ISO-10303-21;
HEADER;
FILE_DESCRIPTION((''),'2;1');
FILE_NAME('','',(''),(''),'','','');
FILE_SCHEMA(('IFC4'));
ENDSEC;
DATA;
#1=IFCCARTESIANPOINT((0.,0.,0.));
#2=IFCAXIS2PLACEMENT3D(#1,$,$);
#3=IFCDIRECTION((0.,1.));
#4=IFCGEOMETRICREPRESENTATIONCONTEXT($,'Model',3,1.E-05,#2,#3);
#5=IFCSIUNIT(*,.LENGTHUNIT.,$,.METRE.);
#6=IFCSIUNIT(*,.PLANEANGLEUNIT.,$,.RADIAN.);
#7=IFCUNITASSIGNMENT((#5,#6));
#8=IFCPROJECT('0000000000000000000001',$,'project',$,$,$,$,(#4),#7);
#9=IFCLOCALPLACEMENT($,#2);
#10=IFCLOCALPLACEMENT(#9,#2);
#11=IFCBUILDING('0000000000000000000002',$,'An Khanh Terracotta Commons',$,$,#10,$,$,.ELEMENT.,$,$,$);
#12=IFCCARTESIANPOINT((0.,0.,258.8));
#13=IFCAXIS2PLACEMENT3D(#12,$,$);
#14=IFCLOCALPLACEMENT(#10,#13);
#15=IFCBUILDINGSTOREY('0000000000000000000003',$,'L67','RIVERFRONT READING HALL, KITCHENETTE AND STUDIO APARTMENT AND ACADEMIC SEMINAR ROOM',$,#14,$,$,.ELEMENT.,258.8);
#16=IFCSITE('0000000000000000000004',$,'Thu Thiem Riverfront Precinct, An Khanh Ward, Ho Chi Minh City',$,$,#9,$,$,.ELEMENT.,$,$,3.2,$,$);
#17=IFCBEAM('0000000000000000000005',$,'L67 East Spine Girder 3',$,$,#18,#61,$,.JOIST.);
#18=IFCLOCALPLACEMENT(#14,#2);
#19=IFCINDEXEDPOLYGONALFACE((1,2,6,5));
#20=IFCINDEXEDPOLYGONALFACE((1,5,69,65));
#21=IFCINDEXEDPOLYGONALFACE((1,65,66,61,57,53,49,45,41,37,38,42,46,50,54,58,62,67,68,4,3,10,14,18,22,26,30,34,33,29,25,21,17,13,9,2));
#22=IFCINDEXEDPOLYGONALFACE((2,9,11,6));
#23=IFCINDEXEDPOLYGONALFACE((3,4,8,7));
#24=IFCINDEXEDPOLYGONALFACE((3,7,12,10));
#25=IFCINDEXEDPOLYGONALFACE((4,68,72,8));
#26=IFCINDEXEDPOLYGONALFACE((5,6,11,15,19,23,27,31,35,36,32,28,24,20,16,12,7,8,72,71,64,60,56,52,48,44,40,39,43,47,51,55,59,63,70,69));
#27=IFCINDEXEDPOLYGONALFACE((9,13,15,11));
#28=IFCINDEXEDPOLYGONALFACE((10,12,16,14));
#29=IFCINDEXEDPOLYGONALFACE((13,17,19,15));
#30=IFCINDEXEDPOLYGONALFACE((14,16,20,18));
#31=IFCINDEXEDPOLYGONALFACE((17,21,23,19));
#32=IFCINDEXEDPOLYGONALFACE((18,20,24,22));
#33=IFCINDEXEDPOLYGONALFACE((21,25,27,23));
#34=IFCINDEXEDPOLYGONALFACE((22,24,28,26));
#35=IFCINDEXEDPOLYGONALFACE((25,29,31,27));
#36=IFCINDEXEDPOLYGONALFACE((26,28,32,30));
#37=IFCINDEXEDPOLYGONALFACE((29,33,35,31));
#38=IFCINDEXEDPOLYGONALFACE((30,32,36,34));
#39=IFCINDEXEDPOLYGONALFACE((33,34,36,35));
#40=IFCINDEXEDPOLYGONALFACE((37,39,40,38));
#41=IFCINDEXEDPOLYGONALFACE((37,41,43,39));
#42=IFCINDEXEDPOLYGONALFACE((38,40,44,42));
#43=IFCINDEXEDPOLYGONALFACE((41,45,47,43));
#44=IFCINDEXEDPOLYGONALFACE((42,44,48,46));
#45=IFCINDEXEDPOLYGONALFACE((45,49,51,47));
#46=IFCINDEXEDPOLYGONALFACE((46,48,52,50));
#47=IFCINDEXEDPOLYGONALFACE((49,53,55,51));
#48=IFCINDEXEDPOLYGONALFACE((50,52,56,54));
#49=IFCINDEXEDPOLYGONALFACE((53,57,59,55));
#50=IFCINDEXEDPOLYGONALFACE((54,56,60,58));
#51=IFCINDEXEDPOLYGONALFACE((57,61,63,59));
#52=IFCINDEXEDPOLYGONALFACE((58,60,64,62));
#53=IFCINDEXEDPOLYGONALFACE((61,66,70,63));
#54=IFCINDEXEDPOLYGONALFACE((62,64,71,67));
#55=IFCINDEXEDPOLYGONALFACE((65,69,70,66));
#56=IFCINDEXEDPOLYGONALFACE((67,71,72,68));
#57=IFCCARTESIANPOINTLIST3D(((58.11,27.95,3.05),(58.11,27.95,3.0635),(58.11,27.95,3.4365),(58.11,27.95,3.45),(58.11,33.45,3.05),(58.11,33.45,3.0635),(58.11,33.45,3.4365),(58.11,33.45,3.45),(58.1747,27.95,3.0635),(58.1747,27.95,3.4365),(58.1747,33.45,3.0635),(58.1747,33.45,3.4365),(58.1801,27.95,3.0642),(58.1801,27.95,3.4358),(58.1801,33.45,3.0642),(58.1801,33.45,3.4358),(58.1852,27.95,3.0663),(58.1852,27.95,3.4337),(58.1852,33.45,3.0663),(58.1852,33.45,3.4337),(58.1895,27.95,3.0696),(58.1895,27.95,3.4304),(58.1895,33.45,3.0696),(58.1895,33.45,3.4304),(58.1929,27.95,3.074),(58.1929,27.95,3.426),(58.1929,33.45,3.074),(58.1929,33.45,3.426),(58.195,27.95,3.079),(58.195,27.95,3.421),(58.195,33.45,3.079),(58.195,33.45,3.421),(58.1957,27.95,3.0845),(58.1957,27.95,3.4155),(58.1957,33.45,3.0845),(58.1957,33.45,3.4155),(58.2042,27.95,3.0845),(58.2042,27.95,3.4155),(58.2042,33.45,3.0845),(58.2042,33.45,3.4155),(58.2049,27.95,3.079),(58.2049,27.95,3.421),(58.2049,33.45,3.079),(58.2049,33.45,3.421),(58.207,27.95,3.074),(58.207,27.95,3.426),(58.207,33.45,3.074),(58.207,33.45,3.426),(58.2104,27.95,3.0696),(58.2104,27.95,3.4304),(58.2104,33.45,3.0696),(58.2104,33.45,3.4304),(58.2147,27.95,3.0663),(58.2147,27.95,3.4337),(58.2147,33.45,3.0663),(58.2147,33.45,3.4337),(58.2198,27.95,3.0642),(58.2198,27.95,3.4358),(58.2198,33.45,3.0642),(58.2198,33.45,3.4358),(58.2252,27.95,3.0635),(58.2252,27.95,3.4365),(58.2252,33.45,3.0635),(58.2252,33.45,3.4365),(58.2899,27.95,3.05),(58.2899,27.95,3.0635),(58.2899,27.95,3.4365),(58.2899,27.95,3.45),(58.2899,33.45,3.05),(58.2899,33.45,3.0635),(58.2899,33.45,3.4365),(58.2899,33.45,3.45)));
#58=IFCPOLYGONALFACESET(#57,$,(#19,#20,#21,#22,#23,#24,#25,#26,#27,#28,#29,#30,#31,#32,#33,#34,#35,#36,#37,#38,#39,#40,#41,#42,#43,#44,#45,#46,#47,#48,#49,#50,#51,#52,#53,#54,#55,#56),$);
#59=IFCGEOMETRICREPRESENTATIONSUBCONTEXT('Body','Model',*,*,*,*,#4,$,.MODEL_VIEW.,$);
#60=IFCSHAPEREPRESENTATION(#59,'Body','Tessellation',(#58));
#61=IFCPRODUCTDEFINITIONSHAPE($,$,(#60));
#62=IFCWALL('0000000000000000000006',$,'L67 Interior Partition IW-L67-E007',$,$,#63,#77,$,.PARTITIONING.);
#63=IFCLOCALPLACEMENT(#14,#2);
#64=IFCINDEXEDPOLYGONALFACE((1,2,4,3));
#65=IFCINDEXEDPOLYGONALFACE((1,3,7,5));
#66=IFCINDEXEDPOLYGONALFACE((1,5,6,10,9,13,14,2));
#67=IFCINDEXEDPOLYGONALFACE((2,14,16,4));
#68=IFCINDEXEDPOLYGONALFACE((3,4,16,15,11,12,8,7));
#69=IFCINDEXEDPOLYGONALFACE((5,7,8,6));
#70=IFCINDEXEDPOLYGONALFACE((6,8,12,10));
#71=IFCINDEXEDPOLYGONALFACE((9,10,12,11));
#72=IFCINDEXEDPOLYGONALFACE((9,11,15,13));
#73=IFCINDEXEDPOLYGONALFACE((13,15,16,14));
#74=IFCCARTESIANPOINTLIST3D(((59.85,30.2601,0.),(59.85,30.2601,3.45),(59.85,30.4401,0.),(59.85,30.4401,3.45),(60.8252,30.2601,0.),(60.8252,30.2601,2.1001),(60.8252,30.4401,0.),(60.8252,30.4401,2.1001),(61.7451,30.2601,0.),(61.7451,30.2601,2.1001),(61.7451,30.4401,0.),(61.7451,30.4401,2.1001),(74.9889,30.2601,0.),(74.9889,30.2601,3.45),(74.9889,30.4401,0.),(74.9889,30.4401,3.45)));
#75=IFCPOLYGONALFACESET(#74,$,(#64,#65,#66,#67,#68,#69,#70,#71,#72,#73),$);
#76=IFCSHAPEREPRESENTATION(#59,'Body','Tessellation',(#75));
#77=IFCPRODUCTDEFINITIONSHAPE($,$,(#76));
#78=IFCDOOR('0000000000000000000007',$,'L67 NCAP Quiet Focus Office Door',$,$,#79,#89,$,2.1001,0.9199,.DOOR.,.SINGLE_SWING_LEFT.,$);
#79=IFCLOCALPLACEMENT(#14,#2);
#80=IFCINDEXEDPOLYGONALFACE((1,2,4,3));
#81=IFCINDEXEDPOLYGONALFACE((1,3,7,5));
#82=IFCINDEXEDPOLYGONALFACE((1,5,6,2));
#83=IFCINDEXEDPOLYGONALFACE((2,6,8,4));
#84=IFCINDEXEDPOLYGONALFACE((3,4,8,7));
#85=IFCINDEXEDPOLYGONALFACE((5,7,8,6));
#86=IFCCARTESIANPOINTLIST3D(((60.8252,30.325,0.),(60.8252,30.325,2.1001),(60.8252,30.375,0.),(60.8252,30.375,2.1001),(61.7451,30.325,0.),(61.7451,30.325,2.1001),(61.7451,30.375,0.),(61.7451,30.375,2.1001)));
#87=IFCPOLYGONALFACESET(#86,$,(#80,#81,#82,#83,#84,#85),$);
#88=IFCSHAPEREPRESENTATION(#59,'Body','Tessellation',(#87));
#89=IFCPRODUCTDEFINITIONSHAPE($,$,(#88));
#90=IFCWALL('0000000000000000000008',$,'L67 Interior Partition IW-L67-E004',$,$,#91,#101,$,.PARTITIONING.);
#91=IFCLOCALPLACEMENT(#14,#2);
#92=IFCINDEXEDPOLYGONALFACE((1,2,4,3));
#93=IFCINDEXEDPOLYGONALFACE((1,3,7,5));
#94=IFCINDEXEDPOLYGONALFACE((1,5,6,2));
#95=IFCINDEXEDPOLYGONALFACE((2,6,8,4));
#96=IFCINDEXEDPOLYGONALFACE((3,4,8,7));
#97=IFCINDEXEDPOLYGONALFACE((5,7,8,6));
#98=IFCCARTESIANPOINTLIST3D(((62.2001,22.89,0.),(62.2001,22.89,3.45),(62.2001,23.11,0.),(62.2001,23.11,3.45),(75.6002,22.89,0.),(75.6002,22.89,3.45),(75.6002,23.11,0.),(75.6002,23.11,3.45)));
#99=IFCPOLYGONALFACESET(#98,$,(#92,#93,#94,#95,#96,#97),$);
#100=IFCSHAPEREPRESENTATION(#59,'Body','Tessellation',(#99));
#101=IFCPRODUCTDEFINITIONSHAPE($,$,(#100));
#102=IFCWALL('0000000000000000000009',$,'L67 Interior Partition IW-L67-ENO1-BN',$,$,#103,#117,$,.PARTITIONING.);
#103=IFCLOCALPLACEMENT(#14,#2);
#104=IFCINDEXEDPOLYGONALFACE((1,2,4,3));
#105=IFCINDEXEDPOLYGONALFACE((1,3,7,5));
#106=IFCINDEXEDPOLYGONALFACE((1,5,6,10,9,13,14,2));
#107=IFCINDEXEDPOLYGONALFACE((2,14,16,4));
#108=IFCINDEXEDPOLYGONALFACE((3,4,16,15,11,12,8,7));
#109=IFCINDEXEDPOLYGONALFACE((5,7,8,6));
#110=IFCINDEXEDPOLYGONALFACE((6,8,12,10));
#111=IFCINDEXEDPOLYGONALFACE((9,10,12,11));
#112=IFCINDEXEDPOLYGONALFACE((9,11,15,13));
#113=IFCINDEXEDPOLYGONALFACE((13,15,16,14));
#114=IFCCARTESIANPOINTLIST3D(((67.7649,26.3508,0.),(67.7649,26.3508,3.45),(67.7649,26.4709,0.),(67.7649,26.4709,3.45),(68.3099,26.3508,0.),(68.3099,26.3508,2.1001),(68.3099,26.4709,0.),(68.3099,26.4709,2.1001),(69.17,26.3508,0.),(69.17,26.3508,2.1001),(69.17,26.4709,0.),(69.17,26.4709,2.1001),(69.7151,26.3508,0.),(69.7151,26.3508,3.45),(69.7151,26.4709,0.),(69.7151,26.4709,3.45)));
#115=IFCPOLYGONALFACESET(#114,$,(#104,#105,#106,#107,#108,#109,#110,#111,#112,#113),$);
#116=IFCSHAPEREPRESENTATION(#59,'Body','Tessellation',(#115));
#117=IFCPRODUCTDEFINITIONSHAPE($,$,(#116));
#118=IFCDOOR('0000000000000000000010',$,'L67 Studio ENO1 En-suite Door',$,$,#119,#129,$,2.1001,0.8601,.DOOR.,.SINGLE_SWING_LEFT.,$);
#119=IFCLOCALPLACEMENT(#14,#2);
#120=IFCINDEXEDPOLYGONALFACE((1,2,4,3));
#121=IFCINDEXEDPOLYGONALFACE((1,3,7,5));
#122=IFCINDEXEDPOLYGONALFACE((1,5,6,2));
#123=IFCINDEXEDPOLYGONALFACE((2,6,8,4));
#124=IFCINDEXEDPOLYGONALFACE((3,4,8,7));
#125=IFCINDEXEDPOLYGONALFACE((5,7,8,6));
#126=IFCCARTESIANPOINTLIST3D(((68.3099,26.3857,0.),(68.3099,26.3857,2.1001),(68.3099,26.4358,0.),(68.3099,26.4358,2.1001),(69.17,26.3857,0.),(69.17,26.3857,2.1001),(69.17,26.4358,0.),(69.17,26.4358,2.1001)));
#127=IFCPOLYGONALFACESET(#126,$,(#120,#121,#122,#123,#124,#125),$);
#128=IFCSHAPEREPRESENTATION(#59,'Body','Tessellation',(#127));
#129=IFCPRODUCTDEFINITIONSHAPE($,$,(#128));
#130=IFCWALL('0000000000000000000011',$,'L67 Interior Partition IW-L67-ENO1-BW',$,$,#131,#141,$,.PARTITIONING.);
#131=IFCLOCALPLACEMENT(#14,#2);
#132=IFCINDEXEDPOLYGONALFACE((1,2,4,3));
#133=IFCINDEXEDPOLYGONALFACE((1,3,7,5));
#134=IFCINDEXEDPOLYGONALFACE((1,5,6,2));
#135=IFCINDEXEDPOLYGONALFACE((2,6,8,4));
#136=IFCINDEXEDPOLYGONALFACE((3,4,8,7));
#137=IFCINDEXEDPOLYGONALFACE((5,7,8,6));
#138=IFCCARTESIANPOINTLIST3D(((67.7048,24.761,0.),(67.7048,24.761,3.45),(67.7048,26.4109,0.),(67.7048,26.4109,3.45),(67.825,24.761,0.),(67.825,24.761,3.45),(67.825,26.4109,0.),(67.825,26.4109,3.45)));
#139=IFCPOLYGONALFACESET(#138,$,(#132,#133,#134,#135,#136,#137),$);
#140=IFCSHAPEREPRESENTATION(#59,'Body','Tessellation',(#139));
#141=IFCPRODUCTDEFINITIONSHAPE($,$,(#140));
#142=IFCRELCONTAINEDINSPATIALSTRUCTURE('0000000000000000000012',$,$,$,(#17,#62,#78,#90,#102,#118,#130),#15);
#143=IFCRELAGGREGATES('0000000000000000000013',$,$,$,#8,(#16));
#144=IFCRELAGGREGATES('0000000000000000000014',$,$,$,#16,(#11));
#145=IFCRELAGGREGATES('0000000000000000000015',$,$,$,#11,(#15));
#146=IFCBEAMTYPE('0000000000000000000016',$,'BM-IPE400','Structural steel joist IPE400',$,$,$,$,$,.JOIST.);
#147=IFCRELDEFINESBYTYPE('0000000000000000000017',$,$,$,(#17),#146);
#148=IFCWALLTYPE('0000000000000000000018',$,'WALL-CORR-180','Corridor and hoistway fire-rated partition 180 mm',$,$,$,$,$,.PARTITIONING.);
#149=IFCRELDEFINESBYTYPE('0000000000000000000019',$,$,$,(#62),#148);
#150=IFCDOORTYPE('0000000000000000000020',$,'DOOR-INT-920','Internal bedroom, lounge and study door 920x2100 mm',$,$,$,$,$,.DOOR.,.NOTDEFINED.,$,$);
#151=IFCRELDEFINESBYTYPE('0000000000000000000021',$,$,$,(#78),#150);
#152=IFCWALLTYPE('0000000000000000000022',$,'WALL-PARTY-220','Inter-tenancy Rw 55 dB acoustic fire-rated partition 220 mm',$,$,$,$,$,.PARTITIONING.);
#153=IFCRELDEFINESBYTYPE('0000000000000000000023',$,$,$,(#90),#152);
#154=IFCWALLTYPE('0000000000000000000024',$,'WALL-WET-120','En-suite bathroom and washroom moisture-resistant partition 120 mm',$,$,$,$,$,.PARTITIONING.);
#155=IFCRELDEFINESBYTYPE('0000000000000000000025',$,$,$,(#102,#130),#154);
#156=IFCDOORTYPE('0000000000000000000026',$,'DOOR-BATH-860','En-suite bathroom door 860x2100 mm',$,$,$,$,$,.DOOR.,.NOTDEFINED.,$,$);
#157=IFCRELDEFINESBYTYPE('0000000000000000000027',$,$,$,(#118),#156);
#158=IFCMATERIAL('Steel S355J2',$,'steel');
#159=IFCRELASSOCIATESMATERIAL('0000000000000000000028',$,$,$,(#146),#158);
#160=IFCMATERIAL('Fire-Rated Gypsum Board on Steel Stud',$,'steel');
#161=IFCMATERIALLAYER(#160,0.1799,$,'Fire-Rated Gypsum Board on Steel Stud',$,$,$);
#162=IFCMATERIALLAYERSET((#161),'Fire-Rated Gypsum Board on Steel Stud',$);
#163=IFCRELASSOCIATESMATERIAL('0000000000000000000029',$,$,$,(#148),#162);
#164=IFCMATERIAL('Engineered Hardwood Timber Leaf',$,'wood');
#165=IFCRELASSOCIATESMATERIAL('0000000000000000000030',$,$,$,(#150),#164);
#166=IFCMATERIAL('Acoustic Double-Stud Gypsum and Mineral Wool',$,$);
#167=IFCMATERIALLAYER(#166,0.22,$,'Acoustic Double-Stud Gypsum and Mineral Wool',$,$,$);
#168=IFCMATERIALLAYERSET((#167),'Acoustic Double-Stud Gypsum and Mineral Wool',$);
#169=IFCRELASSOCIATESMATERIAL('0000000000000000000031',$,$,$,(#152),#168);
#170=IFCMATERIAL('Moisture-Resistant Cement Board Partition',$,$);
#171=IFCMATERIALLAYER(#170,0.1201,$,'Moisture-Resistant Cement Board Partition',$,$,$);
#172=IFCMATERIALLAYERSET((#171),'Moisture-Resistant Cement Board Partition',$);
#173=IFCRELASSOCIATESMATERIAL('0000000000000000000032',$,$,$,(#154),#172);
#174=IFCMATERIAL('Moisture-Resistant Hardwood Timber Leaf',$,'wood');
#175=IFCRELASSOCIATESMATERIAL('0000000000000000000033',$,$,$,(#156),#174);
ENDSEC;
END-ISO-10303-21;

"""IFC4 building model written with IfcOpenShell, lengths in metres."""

from ifc_helpers import new_model, si_unit, direction, frame, frame_2d, origin, origin_2d, place, context, subcontext, project, spatial, rectangle, i_section, extrude, material, layer, layer_set, material_profile, profile_set, type_object, element, fill, save


model = new_model("IFC4")

# Units and contexts
model_context = context("Model", 3, precision=1e-05, world=origin(), true_north=direction((0.0, 1.0)))
body_context = subcontext(model_context, "Body", "Model", "MODEL_VIEW")
ifc_project = project(units=[si_unit("LENGTHUNIT", "METRE"), si_unit("PLANEANGLEUNIT", "RADIAN")], contexts=[model_context])

# Site, building, storey
site_placement = place(None, origin())
site = spatial("IfcSite", under=ifc_project, at=site_placement, Name="Thu Thiem Riverfront Precinct, An Khanh Ward, Ho Chi Minh City", CompositionType="ELEMENT", RefElevation=3.2)
building_placement = place(site_placement, origin())
building = spatial("IfcBuilding", under=site, at=building_placement, Name="An Khanh Terracotta Commons", CompositionType="ELEMENT")
storey_placement = place(building_placement, frame((0.0, 0.0, 258.8)))
storey = spatial("IfcBuildingStorey", under=building, at=storey_placement, Name="L67", Description="RIVERFRONT READING HALL, KITCHENETTE AND STUDIO APARTMENT AND ACADEMIC SEMINAR ROOM", CompositionType="ELEMENT", Elevation=258.8)

# Beam
ifc_material_1 = material(Name="Steel S355J2", Category="steel")
ifc_material_profile_1 = material_profile(ifc_material_1, i_section(OverallWidth=0.1799, OverallDepth=0.3999, WebThickness=0.0085, FlangeThickness=0.0134, FilletRadius=0.021, at=origin_2d()), Name="IPE400")
ifc_profile_set_1 = profile_set([ifc_material_profile_1], Name="Steel S355J2")
beam_type_1 = type_object("IfcBeamType", Name="BM-IPE400", Description="Structural steel joist IPE400", PredefinedType="JOIST", material=ifc_profile_set_1)
beam_1_placement = place(storey_placement, frame((58.2, 27.95, 3.25), z_axis=(0.0, 1.0, 0.0), x_axis=(-1.0, 0.0, 0.0)))
element("IfcBeam", 1, at=beam_1_placement, inside=storey, type_object=beam_type_1, Name="L67 East Spine Girder 3", PredefinedType="JOIST", context=body_context, shape_type="SweptSolid", body=[
    extrude(i_section(OverallWidth=0.1799, OverallDepth=0.3999, WebThickness=0.0085, FlangeThickness=0.0134, FilletRadius=0.021, at=origin_2d()), origin(), (0.0, 0.0, 1.0), 5.5),
])

# Wall, opening, door
ifc_material_2 = material(Name="Fire-Rated Gypsum Board on Steel Stud", Category="steel")
ifc_layer_1 = layer(ifc_material_2, 0.1799, Name="Fire-Rated Gypsum Board on Steel Stud")
ifc_layer_set_1 = layer_set([ifc_layer_1], Name="Fire-Rated Gypsum Board on Steel Stud")
wall_type_1 = type_object("IfcWallType", Name="WALL-CORR-180", Description="Corridor and hoistway fire-rated partition 180 mm", PredefinedType="PARTITIONING", material=ifc_layer_set_1)
wall_1_placement = place(storey_placement, frame((59.8501, 30.3501, 0.0), z_axis=(0.0, 0.0, 1.0), x_axis=(1.0, 0.0, 0.0)))
wall_1 = element("IfcWall", 2, at=wall_1_placement, inside=storey, type_object=wall_type_1, Name="L67 Interior Partition IW-L67-E007", PredefinedType="PARTITIONING", context=body_context, shape_type="SweptSolid", body=[
    extrude(rectangle(XDim=15.1389, YDim=0.1799, at=frame_2d((7.5693, 0.0))), origin(), (0.0, 0.0, 1.0), 3.45),
])
opening_1_placement = place(wall_1_placement, frame((0.9751, 0.0, 0.0)))
opening_1 = element("IfcOpeningElement", 3, at=opening_1_placement, cuts=wall_1, PredefinedType="OPENING", context=body_context, shape_type="SweptSolid", body=[
    extrude(rectangle(XDim=0.9199, YDim=2.1001, at=frame_2d((0.46, 1.05))), frame((0.0, 0.0999, 0.0), z_axis=(0.0, -1.0, 0.0), x_axis=(1.0, 0.0, 0.0)), (0.0, 0.0, 1.0), 0.2),
])
ifc_material_3 = material(Name="Engineered Hardwood Timber Leaf", Category="wood")
door_type_1 = type_object("IfcDoorType", Name="DOOR-INT-920", Description="Internal bedroom, lounge and study door 920x2100 mm", OperationType="NOTDEFINED", PredefinedType="DOOR", material=ifc_material_3)
door_1_placement = place(opening_1_placement, origin())
door_1 = element("IfcDoor", 4, at=door_1_placement, inside=storey, type_object=door_type_1, Name="L67 NCAP Quiet Focus Office Door", OperationType="SINGLE_SWING_LEFT", OverallHeight=2.1001, OverallWidth=0.9199, PredefinedType="DOOR", context=body_context, shape_type="SweptSolid", body=[
    extrude(rectangle(XDim=0.9199, YDim=2.1001, at=frame_2d((0.46, 1.05))), frame((0.0, 0.0249, 0.0), z_axis=(0.0, -1.0, 0.0), x_axis=(1.0, 0.0, 0.0)), (0.0, 0.0, 1.0), 0.05),
])
fill(opening_1, door_1)

# Wall
ifc_material_4 = material(Name="Acoustic Double-Stud Gypsum and Mineral Wool")
ifc_layer_2 = layer(ifc_material_4, 0.22, Name="Acoustic Double-Stud Gypsum and Mineral Wool")
ifc_layer_set_2 = layer_set([ifc_layer_2], Name="Acoustic Double-Stud Gypsum and Mineral Wool")
wall_type_2 = type_object("IfcWallType", Name="WALL-PARTY-220", Description="Inter-tenancy Rw 55 dB acoustic fire-rated partition 220 mm", PredefinedType="PARTITIONING", material=ifc_layer_set_2)
wall_2_placement = place(storey_placement, frame((62.2, 23.0, 0.0), z_axis=(0.0, 0.0, 1.0), x_axis=(1.0, 0.0, 0.0)))
element("IfcWall", 5, at=wall_2_placement, inside=storey, type_object=wall_type_2, Name="L67 Interior Partition IW-L67-E004", PredefinedType="PARTITIONING", context=body_context, shape_type="SweptSolid", body=[
    extrude(rectangle(XDim=13.4001, YDim=0.22, at=frame_2d((6.7002, 0.0))), origin(), (0.0, 0.0, 1.0), 3.45),
])

# Wall, opening, door
ifc_material_5 = material(Name="Moisture-Resistant Cement Board Partition")
ifc_layer_3 = layer(ifc_material_5, 0.1201, Name="Moisture-Resistant Cement Board Partition")
ifc_layer_set_3 = layer_set([ifc_layer_3], Name="Moisture-Resistant Cement Board Partition")
wall_type_3 = type_object("IfcWallType", Name="WALL-WET-120", Description="En-suite bathroom and washroom moisture-resistant partition 120 mm", PredefinedType="PARTITIONING", material=ifc_layer_set_3)
wall_3_placement = place(storey_placement, frame((67.7649, 26.4109, 0.0), z_axis=(0.0, 0.0, 1.0), x_axis=(1.0, 0.0, 0.0)))
wall_3 = element("IfcWall", 6, at=wall_3_placement, inside=storey, type_object=wall_type_3, Name="L67 Interior Partition IW-L67-ENO1-BN", PredefinedType="PARTITIONING", context=body_context, shape_type="SweptSolid", body=[
    extrude(rectangle(XDim=1.9502, YDim=0.1201, at=frame_2d((0.9751, 0.0))), origin(), (0.0, 0.0, 1.0), 3.45),
])
opening_2_placement = place(wall_3_placement, frame((0.5449, 0.0, 0.0)))
opening_2 = element("IfcOpeningElement", 7, at=opening_2_placement, cuts=wall_3, PredefinedType="OPENING", context=body_context, shape_type="SweptSolid", body=[
    extrude(rectangle(XDim=0.8601, YDim=2.1001, at=frame_2d((0.4302, 1.05))), frame((0.0, 0.0701, 0.0), z_axis=(0.0, -1.0, 0.0), x_axis=(1.0, 0.0, 0.0)), (0.0, 0.0, 1.0), 0.1401),
])
ifc_material_6 = material(Name="Moisture-Resistant Hardwood Timber Leaf", Category="wood")
door_type_2 = type_object("IfcDoorType", Name="DOOR-BATH-860", Description="En-suite bathroom door 860x2100 mm", OperationType="NOTDEFINED", PredefinedType="DOOR", material=ifc_material_6)
door_2_placement = place(opening_2_placement, origin())
door_2 = element("IfcDoor", 8, at=door_2_placement, inside=storey, type_object=door_type_2, Name="L67 Studio ENO1 En-suite Door", OperationType="SINGLE_SWING_LEFT", OverallHeight=2.1001, OverallWidth=0.8601, PredefinedType="DOOR", context=body_context, shape_type="SweptSolid", body=[
    extrude(rectangle(XDim=0.8601, YDim=2.1001, at=frame_2d((0.4302, 1.05))), frame((0.0, 0.0249, 0.0), z_axis=(0.0, -1.0, 0.0), x_axis=(1.0, 0.0, 0.0)), (0.0, 0.0, 1.0), 0.05),
])
fill(opening_2, door_2)

# Wall
wall_4_placement = place(storey_placement, frame((67.7649, 26.4109, 0.0), z_axis=(0.0, 0.0, 1.0), x_axis=(0.0, -1.0, 0.0)))
element("IfcWall", 9, at=wall_4_placement, inside=storey, type_object=wall_type_3, Name="L67 Interior Partition IW-L67-ENO1-BW", PredefinedType="PARTITIONING", context=body_context, shape_type="SweptSolid", body=[
    extrude(rectangle(XDim=1.6499, YDim=0.1201, at=frame_2d((0.825, 0.0))), origin(), (0.0, 0.0, 1.0), 3.45),
])

save(model, "model.ifc")
